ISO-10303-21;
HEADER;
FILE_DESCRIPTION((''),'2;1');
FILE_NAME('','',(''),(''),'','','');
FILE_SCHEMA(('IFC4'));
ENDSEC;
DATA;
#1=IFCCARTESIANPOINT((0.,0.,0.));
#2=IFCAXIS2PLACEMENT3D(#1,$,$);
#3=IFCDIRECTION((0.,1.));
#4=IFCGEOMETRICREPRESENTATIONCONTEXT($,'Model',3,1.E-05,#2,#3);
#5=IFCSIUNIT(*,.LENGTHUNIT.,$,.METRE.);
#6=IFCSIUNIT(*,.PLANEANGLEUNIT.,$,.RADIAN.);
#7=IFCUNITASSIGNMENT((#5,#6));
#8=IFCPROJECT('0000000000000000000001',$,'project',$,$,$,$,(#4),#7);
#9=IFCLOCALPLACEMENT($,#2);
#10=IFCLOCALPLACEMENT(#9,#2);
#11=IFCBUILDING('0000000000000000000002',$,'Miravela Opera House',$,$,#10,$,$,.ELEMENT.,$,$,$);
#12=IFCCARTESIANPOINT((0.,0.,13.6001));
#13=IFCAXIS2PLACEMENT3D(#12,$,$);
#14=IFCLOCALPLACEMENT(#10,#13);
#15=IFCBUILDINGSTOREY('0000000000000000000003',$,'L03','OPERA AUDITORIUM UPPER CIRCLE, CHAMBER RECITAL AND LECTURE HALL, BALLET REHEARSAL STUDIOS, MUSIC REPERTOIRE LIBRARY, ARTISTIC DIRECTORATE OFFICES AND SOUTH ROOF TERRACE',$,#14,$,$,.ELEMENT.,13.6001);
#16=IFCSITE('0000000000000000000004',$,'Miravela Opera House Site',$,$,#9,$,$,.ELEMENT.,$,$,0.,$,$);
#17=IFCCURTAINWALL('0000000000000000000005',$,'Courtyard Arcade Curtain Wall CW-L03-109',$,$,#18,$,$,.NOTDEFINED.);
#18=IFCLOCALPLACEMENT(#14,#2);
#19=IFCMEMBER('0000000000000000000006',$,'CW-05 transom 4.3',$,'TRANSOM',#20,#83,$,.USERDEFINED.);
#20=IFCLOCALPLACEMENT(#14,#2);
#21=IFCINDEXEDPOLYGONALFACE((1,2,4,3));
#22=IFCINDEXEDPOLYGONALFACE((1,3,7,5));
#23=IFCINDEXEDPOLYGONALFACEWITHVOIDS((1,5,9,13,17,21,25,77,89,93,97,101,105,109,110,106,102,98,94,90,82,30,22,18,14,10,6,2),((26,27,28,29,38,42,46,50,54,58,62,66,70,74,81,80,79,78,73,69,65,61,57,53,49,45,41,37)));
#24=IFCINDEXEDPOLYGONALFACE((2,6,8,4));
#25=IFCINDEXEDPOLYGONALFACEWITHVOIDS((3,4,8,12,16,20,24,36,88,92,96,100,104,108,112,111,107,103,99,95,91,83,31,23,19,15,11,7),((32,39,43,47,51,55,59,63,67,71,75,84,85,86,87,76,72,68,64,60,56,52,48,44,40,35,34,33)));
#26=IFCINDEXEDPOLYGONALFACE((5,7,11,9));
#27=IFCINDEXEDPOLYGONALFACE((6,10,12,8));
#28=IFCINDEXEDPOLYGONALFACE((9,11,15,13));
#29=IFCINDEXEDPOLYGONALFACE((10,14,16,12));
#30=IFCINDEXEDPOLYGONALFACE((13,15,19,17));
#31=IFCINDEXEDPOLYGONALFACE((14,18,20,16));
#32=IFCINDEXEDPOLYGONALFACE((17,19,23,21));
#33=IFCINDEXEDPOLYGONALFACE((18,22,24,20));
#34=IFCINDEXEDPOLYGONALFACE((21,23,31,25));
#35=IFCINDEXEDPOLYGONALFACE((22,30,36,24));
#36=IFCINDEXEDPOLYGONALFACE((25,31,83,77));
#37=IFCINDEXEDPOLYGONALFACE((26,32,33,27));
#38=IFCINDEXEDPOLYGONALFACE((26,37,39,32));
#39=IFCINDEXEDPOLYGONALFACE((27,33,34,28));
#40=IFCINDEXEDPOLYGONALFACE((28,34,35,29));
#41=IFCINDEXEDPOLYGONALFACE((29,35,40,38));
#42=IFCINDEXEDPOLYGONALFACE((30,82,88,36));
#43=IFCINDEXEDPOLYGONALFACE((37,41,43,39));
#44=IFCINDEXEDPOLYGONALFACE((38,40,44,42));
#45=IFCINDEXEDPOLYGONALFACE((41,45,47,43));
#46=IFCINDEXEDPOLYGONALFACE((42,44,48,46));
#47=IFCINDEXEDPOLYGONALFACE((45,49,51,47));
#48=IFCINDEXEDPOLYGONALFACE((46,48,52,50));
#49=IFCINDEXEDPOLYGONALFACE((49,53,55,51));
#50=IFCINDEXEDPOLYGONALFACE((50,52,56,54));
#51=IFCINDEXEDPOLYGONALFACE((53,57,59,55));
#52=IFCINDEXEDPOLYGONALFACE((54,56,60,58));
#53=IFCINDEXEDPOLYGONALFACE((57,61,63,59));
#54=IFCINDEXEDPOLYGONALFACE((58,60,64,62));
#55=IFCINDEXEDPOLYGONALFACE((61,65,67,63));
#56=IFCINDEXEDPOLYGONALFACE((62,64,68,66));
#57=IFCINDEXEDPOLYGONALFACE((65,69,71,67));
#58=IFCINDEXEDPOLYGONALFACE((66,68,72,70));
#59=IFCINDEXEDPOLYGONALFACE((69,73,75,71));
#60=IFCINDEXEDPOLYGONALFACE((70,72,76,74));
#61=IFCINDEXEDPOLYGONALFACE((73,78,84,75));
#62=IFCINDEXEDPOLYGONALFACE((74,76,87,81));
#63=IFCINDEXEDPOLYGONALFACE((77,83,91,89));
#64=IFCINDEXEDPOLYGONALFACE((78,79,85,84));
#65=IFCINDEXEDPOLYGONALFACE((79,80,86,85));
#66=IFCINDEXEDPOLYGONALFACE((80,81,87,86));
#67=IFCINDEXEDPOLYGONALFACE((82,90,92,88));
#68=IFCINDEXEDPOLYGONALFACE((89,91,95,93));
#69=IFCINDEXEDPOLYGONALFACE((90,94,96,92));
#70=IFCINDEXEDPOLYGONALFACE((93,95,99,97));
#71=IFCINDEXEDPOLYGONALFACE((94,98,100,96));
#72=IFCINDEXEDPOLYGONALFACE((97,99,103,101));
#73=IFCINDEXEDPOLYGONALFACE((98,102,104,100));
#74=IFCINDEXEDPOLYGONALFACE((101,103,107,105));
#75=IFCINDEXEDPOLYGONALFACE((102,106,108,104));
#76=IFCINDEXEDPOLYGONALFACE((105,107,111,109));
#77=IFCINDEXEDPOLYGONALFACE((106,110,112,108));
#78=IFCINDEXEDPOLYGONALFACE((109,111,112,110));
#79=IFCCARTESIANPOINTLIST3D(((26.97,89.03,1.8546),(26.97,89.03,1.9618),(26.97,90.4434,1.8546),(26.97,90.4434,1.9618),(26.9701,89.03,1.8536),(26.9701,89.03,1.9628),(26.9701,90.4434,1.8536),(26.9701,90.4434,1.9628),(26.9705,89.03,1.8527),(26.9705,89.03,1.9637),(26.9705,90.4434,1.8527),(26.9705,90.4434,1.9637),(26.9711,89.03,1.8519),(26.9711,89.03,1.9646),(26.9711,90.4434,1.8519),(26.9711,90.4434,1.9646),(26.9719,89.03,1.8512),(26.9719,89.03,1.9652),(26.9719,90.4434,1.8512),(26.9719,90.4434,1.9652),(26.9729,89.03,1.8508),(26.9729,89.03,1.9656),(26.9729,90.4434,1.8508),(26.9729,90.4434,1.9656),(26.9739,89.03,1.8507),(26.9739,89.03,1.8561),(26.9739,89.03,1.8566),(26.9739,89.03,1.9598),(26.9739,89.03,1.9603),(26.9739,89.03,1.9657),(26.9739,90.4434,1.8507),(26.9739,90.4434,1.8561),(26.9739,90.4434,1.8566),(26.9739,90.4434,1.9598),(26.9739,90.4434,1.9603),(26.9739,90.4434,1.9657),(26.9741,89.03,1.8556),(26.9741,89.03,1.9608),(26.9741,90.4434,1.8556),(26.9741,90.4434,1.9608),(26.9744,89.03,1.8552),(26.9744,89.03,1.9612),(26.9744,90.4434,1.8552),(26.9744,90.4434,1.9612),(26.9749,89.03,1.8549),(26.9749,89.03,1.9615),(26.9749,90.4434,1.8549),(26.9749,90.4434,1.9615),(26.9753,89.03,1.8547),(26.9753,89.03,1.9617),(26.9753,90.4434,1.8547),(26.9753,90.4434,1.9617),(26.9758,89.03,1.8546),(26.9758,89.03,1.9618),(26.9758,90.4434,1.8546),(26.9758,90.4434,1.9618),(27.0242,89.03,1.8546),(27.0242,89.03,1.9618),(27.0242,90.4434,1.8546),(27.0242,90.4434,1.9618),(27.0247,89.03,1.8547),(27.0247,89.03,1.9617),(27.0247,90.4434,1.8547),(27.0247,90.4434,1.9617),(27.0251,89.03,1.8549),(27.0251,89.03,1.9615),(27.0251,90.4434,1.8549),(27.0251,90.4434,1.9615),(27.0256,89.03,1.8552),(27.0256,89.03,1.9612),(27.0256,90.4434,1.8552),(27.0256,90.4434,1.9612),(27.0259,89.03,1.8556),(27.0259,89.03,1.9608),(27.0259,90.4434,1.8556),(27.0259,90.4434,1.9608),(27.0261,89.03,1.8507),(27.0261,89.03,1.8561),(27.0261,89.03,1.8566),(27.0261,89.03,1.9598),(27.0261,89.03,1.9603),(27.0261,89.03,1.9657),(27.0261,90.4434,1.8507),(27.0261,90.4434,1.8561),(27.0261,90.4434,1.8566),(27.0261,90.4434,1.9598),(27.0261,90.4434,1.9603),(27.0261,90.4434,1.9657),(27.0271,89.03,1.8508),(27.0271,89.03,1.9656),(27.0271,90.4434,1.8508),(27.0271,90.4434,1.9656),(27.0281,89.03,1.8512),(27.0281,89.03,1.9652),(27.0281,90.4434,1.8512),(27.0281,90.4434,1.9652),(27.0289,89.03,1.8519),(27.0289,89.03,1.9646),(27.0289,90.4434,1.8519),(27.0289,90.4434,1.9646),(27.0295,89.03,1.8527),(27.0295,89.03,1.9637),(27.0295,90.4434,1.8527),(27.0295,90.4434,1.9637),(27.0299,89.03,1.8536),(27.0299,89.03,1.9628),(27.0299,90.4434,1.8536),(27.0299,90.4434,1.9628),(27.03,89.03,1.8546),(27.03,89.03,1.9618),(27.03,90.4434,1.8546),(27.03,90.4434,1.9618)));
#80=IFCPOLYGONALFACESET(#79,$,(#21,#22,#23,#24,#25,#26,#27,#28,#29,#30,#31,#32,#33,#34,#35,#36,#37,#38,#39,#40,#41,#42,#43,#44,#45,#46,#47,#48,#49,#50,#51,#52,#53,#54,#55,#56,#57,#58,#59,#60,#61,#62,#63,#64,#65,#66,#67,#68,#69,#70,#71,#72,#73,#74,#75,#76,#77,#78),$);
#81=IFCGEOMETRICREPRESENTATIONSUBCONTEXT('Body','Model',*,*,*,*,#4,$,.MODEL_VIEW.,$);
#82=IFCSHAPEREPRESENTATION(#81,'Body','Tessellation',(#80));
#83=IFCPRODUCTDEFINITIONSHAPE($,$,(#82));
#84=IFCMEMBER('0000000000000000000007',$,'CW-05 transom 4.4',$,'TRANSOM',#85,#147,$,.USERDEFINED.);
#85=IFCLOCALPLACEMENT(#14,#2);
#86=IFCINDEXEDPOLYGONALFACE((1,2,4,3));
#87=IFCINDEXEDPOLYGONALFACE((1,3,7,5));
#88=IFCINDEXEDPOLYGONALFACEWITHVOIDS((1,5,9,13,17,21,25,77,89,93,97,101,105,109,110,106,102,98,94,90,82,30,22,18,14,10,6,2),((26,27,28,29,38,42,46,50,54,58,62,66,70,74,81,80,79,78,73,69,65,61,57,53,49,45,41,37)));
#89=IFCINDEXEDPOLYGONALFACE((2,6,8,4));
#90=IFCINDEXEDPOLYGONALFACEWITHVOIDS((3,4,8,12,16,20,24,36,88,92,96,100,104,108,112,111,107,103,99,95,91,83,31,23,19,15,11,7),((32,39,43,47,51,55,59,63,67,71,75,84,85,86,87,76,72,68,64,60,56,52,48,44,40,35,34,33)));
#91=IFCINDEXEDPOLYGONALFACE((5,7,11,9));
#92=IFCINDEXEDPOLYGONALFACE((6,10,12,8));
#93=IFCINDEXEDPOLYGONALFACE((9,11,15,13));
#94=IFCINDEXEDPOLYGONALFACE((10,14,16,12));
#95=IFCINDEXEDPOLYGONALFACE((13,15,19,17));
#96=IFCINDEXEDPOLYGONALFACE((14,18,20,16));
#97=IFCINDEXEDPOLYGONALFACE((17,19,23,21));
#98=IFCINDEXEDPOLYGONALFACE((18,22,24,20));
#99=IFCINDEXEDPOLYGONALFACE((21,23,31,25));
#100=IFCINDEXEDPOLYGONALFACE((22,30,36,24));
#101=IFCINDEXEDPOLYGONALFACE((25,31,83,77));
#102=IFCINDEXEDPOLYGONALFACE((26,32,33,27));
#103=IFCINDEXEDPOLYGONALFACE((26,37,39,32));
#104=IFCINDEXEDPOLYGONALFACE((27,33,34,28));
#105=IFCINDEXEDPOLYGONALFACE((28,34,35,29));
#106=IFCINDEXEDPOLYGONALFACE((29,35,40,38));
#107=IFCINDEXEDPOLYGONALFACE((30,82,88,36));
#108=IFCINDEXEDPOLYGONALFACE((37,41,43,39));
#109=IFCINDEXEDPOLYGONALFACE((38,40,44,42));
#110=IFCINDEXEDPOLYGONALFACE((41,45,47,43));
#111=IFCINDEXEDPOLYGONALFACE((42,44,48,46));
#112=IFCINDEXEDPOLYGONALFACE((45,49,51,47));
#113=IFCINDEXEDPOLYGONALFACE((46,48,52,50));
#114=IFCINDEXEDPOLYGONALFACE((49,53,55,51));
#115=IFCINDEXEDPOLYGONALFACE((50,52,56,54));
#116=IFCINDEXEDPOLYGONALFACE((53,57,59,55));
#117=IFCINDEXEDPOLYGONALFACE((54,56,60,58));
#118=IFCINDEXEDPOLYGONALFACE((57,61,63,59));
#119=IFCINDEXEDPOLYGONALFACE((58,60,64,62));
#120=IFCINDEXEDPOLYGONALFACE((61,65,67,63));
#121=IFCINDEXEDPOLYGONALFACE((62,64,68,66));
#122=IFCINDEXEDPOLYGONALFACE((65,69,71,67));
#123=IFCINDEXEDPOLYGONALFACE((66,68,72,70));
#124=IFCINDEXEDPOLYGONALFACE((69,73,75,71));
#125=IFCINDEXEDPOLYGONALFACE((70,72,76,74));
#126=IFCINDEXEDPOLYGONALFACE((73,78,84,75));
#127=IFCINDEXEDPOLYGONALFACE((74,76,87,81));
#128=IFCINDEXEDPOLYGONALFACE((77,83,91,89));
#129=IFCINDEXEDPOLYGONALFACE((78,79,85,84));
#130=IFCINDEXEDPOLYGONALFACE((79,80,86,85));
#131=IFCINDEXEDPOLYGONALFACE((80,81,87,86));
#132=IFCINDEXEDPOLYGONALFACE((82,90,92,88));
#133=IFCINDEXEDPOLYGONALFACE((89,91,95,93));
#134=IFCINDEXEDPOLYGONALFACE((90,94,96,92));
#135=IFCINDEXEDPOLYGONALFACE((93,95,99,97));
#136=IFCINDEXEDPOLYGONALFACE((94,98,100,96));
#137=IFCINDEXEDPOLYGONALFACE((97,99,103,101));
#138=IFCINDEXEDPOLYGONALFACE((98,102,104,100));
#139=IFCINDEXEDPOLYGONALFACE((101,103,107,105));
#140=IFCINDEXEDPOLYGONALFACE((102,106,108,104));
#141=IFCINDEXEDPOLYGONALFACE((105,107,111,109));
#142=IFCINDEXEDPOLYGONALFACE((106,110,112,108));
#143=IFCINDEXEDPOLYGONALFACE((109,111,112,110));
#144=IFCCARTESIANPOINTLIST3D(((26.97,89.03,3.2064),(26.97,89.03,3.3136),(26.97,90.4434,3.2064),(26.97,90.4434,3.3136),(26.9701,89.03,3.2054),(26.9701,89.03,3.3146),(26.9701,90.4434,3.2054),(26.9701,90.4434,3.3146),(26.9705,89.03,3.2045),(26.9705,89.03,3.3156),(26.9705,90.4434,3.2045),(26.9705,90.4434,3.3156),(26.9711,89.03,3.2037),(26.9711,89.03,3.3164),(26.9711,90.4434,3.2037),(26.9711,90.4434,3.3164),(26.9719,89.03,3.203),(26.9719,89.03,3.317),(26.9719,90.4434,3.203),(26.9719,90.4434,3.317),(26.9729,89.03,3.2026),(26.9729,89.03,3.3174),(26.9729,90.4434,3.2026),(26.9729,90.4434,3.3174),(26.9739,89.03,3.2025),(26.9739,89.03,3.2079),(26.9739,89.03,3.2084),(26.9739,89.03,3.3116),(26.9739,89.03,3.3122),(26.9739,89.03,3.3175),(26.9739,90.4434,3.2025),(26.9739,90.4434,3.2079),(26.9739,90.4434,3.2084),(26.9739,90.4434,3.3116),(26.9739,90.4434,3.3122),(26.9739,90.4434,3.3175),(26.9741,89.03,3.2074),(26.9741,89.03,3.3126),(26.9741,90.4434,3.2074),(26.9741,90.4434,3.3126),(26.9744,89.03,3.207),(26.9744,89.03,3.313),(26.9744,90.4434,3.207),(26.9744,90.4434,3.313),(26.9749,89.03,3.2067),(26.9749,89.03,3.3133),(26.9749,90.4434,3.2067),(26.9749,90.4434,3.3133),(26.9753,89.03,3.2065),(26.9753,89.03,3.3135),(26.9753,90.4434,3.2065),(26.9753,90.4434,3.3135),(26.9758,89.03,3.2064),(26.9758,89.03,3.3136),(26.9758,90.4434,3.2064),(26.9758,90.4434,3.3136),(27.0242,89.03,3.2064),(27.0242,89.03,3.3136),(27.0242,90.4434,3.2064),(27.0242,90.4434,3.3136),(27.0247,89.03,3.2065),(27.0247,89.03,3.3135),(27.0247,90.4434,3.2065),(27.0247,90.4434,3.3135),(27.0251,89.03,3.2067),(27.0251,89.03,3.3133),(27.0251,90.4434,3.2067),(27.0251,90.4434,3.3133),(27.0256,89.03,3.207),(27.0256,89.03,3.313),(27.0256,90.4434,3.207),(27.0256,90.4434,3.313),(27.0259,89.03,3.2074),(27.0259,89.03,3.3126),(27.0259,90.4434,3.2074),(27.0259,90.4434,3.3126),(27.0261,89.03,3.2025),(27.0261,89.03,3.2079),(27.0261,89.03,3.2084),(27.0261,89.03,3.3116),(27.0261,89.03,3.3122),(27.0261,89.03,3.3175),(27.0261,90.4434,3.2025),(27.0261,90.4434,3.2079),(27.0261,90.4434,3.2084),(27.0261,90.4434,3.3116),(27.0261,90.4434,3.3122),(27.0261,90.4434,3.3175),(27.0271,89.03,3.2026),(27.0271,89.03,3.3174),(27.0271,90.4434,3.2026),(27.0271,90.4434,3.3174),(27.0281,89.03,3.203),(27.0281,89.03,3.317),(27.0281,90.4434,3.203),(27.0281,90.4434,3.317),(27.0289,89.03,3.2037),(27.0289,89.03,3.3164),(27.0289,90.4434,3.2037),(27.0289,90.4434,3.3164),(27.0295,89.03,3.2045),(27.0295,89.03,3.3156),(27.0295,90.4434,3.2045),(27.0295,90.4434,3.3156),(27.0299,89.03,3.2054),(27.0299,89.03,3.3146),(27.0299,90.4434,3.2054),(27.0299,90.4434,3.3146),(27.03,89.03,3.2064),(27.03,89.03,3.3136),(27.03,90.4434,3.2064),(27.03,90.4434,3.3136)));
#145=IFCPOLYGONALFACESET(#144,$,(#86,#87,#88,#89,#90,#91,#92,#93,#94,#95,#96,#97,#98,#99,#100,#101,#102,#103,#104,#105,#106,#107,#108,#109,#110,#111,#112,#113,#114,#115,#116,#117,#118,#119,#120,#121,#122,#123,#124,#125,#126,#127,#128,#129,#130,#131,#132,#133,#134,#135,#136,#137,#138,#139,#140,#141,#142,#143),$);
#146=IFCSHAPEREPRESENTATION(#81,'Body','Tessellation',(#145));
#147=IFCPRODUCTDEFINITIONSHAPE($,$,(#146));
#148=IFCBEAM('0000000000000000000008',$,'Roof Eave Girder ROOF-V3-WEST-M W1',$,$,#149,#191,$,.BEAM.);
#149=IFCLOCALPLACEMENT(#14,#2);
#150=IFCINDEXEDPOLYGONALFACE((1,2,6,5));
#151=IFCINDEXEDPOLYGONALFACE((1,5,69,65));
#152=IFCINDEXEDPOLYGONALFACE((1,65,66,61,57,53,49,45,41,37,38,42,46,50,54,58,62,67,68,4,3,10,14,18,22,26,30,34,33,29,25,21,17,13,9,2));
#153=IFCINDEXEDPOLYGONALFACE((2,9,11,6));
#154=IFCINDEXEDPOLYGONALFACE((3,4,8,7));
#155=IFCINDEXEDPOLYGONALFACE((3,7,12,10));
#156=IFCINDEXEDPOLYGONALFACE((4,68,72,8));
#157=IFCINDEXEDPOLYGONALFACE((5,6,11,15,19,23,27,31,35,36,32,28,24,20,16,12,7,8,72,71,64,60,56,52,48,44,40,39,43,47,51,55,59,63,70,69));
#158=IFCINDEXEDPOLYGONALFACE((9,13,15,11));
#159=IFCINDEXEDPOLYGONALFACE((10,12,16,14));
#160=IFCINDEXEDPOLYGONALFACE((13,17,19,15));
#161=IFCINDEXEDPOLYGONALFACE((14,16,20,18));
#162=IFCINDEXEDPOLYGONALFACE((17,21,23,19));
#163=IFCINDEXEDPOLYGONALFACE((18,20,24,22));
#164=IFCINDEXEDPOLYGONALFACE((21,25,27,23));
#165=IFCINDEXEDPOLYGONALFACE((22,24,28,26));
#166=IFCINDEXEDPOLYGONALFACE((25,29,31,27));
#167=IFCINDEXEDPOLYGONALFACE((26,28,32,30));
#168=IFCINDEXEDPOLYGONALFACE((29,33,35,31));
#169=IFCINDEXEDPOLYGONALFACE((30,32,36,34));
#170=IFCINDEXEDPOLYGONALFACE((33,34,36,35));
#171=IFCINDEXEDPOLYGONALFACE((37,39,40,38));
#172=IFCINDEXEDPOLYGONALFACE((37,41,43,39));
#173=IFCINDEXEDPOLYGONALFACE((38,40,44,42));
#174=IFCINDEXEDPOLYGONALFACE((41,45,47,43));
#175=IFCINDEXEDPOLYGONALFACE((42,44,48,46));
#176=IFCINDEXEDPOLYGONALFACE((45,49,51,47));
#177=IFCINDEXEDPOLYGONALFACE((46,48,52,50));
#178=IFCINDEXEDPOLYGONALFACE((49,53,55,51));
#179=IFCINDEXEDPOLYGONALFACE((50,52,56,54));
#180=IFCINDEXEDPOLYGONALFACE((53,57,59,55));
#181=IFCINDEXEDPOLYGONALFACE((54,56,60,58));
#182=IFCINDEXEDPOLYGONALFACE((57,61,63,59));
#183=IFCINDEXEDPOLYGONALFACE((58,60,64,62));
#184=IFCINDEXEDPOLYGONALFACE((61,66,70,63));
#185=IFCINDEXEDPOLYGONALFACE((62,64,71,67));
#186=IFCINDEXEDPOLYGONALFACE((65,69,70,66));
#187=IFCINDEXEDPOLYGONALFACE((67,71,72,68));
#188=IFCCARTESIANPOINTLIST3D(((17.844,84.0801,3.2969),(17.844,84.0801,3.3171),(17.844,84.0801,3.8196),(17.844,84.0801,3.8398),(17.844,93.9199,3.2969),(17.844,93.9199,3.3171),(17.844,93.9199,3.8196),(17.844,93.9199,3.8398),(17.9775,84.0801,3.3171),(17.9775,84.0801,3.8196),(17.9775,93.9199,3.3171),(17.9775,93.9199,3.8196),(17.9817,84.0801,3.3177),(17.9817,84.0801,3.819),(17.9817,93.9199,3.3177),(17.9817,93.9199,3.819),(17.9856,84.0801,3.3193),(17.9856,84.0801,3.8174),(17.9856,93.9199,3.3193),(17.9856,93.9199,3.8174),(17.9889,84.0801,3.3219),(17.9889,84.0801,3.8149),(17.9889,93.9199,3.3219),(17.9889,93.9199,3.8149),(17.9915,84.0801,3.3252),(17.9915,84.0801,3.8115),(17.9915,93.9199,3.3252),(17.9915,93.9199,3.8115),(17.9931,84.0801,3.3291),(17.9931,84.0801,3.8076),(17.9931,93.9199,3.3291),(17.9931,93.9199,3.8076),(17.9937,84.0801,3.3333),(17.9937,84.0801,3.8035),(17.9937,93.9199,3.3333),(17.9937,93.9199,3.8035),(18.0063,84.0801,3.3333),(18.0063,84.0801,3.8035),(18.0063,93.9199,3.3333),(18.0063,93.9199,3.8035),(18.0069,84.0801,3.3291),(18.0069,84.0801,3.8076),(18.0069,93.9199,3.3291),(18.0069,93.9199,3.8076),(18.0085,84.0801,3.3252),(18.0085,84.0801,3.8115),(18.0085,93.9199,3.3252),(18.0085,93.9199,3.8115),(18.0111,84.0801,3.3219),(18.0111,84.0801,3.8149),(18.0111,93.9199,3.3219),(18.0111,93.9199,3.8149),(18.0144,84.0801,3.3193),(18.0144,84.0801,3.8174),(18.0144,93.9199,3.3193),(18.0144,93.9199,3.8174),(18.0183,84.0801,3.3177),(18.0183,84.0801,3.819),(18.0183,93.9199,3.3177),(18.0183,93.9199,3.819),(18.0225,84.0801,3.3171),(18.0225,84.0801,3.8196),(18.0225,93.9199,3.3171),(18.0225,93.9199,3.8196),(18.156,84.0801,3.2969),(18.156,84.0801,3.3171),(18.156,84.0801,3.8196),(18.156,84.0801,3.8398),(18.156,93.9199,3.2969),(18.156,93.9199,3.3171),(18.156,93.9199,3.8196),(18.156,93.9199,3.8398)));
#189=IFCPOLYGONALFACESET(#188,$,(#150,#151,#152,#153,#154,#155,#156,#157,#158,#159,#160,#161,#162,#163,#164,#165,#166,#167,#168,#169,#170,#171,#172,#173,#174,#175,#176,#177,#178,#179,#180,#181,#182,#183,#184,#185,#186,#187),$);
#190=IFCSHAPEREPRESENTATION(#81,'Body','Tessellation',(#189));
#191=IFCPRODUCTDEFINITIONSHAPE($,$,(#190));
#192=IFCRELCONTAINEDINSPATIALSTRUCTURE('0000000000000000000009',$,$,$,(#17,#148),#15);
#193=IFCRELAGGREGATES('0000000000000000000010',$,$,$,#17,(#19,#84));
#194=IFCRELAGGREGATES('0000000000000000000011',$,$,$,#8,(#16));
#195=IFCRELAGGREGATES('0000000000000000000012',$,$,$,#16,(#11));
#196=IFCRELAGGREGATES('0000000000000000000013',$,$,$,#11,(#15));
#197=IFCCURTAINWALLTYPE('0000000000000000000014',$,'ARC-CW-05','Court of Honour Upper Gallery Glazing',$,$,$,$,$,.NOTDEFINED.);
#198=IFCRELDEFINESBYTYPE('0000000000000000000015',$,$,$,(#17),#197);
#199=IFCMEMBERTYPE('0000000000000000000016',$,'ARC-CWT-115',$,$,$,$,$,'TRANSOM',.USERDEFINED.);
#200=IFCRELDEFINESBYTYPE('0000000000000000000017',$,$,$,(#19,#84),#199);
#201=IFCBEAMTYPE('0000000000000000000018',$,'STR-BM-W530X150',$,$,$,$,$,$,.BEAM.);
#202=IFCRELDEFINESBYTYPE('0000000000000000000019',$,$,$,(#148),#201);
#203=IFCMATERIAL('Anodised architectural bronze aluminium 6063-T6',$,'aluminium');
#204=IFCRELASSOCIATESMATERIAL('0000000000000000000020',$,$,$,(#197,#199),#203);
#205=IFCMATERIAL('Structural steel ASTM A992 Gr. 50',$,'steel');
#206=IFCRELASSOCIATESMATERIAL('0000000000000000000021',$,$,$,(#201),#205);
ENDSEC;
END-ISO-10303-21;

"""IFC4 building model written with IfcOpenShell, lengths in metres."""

from ifc_helpers import new_model, si_unit, direction, frame, origin, origin_2d, place, context, subcontext, project, spatial, hollow_rectangle, i_section, extrude, material, material_profile, profile_set, type_object, element, aggregate, save


model = new_model("IFC4")

# Units and contexts
model_context = context("Model", 3, precision=1e-05, world=origin(), true_north=direction((0.0, 1.0)))
body_context = subcontext(model_context, "Body", "Model", "MODEL_VIEW")
ifc_project = project(units=[si_unit("LENGTHUNIT", "METRE"), si_unit("PLANEANGLEUNIT", "RADIAN")], contexts=[model_context])

# Site, building, storey
site_placement = place(None, origin())
site = spatial("IfcSite", under=ifc_project, at=site_placement, Name="Miravela Opera House Site", CompositionType="ELEMENT", RefElevation=0.0)
building_placement = place(site_placement, origin())
building = spatial("IfcBuilding", under=site, at=building_placement, Name="Miravela Opera House", CompositionType="ELEMENT")
storey_placement = place(building_placement, frame((0.0, 0.0, 13.6001)))
storey = spatial("IfcBuildingStorey", under=building, at=storey_placement, Name="L03", Description="OPERA AUDITORIUM UPPER CIRCLE, CHAMBER RECITAL AND LECTURE HALL, BALLET REHEARSAL STUDIOS, MUSIC REPERTOIRE LIBRARY, ARTISTIC DIRECTORATE OFFICES AND SOUTH ROOF TERRACE", CompositionType="ELEMENT", Elevation=13.6001)

# Curtain wall, members
ifc_material_1 = material(Name="Anodised architectural bronze aluminium 6063-T6", Category="aluminium")
curtain_wall_type = type_object("IfcCurtainWallType", Name="ARC-CW-05", Description="Court of Honour Upper Gallery Glazing", PredefinedType="NOTDEFINED", material=ifc_material_1)
curtain_wall_placement = place(storey_placement, origin())
curtain_wall = element("IfcCurtainWall", 1, at=curtain_wall_placement, inside=storey, type_object=curtain_wall_type, Name="Courtyard Arcade Curtain Wall CW-L03-109", PredefinedType="NOTDEFINED")
ifc_material_profile_1 = material_profile(ifc_material_1, hollow_rectangle(XDim=0.0601, YDim=0.115, WallThickness=0.0039, InnerFilletRadius=0.002, OuterFilletRadius=0.0039, at=origin_2d()), Name="CWT-60X115")
ifc_profile_set_1 = profile_set([ifc_material_profile_1])
member_type_1 = type_object("IfcMemberType", Name="ARC-CWT-115", ElementType="TRANSOM", PredefinedType="USERDEFINED", material=ifc_profile_set_1)
member_1_placement = place(storey_placement, frame((27.0, 89.03, 1.9082), z_axis=(0.0, 1.0, 0.0), x_axis=(-1.0, 0.0, 0.0)))
member_1 = element("IfcMember", 2, at=member_1_placement, type_object=member_type_1, Name="CW-05 transom 4.3", ObjectType="TRANSOM", PredefinedType="USERDEFINED", context=body_context, shape_type="SweptSolid", body=[
    extrude(hollow_rectangle(XDim=0.0601, YDim=0.115, WallThickness=0.0039, InnerFilletRadius=0.002, OuterFilletRadius=0.0039, at=origin_2d()), origin(), (0.0, 0.0, 1.0), 1.4133),
])
member_2_placement = place(storey_placement, frame((27.0, 89.03, 3.26), z_axis=(0.0, 1.0, 0.0), x_axis=(-1.0, 0.0, 0.0)))
member_2 = element("IfcMember", 3, at=member_2_placement, type_object=member_type_1, Name="CW-05 transom 4.4", ObjectType="TRANSOM", PredefinedType="USERDEFINED", context=body_context, shape_type="SweptSolid", body=[
    extrude(hollow_rectangle(XDim=0.0601, YDim=0.115, WallThickness=0.0039, InnerFilletRadius=0.002, OuterFilletRadius=0.0039, at=origin_2d()), origin(), (0.0, 0.0, 1.0), 1.4133),
])

# Beam
ifc_material_2 = material(Name="Structural steel ASTM A992 Gr. 50", Category="steel")
ifc_material_profile_2 = material_profile(ifc_material_2, i_section(OverallWidth=0.312, OverallDepth=0.543, WebThickness=0.0127, FlangeThickness=0.0203, FilletRadius=0.0161, at=origin_2d()), Name="W530X150")
ifc_profile_set_2 = profile_set([ifc_material_profile_2])
beam_type = type_object("IfcBeamType", Name="STR-BM-W530X150", PredefinedType="BEAM", material=ifc_profile_set_2)
for number, where, z_axis, x_axis, name in (
    (4, (18.0, 84.0801, 3.5684), (0.0, 1.0, 0.0), (-1.0, 0.0, 0.0), "Roof Eave Girder ROOF-V3-WEST-M W1"),
):
    element("IfcBeam", number, at=place(storey_placement, frame(where, z_axis=z_axis, x_axis=x_axis)), inside=storey, type_object=beam_type, Name=name, PredefinedType="BEAM", context=body_context, shape_type="SweptSolid", body=[
        extrude(i_section(OverallWidth=0.312, OverallDepth=0.543, WebThickness=0.0127, FlangeThickness=0.0203, FilletRadius=0.0161, at=origin_2d()), origin(), (0.0, 0.0, 1.0), 9.8398),
    ])

aggregate(curtain_wall, [member_1, member_2])

save(model, "model.ifc")
